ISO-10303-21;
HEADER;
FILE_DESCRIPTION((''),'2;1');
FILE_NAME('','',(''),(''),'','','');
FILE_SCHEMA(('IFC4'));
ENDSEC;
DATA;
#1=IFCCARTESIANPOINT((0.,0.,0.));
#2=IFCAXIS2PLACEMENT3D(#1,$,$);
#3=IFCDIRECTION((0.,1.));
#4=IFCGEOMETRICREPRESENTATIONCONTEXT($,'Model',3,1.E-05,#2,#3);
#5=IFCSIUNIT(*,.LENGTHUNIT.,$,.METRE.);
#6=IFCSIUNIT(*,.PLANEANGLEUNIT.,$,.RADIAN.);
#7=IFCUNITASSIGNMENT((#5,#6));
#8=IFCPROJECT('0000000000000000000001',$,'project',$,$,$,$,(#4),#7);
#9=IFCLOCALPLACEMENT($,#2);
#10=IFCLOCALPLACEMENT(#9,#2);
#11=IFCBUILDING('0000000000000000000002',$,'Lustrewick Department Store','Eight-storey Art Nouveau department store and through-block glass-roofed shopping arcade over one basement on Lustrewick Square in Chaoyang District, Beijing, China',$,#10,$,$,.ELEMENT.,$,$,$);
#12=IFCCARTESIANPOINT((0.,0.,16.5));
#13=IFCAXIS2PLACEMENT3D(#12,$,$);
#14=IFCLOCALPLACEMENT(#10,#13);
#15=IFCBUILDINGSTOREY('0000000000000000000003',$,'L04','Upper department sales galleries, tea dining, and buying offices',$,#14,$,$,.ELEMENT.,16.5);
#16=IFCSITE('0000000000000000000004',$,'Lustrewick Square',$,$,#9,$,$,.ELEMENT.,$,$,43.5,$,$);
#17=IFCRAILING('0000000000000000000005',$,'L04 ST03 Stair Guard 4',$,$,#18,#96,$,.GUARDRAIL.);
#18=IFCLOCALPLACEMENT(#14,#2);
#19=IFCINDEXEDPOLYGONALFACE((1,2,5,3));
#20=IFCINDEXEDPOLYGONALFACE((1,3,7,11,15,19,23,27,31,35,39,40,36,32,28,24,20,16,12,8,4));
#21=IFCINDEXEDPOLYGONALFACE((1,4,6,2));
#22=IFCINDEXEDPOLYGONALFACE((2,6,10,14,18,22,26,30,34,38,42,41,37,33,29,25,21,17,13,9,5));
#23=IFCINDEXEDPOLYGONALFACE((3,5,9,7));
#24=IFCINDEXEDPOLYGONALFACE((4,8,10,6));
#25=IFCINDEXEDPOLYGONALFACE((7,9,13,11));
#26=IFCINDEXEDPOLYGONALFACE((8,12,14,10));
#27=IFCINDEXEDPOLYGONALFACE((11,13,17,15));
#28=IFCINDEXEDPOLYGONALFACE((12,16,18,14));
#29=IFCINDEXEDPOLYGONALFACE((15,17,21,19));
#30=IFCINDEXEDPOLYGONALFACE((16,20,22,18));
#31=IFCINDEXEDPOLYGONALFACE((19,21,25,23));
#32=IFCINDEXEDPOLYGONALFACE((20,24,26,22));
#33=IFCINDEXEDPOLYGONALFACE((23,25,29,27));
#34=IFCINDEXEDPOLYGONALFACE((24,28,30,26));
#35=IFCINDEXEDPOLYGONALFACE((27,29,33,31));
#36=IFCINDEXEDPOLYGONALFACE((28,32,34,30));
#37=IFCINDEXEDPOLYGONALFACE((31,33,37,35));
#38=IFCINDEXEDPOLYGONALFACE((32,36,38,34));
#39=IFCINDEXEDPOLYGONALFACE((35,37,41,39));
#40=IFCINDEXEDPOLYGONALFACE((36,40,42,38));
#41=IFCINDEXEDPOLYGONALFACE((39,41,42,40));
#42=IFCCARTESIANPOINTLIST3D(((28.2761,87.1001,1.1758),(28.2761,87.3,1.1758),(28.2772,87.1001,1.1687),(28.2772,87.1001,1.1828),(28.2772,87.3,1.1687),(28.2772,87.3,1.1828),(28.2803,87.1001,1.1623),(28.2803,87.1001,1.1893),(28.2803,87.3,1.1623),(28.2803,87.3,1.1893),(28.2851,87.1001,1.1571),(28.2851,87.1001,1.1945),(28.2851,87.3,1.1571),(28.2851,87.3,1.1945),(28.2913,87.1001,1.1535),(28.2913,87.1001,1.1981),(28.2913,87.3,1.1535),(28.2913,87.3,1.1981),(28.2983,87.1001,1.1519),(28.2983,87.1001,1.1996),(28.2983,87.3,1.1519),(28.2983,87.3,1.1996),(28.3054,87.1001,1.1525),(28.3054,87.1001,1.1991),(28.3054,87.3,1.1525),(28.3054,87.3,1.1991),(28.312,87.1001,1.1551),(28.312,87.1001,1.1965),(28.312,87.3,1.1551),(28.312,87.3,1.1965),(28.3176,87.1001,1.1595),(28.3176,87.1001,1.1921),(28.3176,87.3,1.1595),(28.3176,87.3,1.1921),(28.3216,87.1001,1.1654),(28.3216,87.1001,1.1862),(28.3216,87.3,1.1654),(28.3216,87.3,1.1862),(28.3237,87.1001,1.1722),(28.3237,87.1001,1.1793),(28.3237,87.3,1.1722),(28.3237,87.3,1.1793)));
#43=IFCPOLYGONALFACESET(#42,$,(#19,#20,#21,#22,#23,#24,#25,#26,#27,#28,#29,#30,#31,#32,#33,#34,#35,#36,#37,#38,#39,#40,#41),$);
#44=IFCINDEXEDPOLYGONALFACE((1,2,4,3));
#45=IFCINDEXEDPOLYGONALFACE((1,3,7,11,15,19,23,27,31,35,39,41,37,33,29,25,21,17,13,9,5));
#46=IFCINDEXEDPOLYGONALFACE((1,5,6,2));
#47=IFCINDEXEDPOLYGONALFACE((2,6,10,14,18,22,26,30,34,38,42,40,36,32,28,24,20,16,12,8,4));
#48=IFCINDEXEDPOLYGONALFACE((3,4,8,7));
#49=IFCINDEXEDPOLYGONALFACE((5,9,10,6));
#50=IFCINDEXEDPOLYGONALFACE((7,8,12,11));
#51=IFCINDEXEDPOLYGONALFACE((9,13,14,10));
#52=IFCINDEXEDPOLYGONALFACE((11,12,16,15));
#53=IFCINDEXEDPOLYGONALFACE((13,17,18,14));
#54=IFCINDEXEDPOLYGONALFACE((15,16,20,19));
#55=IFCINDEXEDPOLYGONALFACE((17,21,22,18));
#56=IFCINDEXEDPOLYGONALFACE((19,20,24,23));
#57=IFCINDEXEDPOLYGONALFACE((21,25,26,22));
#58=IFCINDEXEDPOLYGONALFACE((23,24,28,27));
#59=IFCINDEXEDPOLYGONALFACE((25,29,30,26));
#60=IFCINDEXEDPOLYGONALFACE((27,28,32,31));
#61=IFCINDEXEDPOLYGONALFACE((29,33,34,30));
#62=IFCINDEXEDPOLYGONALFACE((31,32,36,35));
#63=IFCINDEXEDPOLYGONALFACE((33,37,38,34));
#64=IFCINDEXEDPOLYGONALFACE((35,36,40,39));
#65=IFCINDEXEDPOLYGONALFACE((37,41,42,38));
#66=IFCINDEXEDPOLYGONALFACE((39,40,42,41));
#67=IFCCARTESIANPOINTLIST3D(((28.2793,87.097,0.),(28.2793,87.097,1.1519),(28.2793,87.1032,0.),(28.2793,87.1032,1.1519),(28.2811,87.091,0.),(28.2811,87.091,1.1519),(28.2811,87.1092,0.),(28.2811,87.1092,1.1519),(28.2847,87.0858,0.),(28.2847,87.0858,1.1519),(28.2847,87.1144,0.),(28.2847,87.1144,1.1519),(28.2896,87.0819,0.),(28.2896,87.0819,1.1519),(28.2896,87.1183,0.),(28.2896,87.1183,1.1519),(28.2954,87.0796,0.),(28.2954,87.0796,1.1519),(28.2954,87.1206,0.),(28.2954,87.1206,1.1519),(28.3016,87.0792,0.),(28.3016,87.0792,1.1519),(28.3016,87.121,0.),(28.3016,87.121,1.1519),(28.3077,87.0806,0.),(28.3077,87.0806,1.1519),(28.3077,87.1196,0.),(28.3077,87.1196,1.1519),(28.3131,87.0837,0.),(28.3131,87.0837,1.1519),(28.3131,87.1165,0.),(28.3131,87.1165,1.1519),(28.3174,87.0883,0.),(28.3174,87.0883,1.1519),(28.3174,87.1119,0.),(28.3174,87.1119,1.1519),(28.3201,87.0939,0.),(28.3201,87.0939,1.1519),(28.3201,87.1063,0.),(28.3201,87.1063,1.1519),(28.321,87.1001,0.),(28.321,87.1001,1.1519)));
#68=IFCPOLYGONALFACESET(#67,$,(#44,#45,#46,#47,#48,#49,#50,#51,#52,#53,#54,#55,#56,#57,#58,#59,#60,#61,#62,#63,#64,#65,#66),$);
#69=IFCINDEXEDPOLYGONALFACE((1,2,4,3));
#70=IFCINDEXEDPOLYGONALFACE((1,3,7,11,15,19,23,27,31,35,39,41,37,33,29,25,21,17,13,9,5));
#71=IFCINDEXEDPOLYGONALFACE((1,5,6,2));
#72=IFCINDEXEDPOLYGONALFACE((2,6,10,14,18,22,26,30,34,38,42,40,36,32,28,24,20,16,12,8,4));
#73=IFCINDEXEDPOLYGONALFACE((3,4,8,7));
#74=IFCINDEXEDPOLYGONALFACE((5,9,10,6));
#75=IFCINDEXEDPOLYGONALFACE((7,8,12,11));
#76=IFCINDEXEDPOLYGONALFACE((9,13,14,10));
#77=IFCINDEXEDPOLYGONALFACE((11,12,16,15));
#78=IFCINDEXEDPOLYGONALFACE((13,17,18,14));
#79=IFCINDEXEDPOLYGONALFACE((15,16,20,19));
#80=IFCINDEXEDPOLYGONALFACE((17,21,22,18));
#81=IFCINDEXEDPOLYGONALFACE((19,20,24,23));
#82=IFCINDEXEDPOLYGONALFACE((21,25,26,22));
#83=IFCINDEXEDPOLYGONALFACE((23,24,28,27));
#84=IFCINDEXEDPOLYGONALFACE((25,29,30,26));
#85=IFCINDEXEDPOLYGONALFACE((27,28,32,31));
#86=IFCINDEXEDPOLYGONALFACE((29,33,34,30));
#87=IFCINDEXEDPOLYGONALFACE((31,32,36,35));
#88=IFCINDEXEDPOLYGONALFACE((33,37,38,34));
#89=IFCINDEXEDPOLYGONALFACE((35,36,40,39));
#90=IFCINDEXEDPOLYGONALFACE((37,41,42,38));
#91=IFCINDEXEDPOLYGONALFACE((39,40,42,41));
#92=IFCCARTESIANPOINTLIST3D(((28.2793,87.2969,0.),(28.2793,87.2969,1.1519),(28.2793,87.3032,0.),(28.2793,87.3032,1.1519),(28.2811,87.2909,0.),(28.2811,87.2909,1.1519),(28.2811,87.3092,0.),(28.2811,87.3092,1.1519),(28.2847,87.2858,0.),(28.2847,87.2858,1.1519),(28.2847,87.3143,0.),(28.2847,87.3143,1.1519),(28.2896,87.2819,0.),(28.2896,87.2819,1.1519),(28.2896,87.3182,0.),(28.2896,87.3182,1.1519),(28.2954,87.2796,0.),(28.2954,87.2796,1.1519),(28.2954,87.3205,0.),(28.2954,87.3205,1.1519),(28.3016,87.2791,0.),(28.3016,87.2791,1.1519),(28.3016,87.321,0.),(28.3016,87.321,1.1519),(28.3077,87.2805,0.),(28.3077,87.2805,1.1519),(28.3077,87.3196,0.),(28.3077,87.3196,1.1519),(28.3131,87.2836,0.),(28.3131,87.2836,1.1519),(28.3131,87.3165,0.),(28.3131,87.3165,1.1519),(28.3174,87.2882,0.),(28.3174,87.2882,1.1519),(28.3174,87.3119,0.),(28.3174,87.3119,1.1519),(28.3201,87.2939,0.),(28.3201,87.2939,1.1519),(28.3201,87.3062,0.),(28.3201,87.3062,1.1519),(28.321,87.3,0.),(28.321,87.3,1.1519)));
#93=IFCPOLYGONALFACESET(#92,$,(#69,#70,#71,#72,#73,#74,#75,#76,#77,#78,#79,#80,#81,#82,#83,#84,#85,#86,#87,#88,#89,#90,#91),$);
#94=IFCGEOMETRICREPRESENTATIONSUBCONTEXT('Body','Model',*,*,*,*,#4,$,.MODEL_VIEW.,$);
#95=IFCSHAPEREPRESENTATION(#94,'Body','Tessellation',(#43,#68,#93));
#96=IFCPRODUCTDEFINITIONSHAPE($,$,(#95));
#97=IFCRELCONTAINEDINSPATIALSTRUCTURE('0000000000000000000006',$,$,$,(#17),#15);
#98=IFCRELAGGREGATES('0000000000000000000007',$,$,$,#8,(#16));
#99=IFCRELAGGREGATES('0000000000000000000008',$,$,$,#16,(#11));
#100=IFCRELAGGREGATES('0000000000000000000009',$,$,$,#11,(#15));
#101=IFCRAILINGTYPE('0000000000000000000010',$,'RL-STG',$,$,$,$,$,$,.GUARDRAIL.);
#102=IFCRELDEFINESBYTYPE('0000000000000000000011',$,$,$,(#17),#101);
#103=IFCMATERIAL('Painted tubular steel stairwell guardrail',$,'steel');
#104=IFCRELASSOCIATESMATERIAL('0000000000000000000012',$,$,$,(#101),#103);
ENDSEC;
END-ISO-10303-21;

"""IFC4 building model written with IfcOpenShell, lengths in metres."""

from ifc_helpers import new_model, si_unit, direction, frame, origin, origin_2d, place, context, subcontext, project, spatial, circle, extrude, material, type_object, element, save


model = new_model("IFC4")

# Units and contexts
model_context = context("Model", 3, precision=1e-05, world=origin(), true_north=direction((0.0, 1.0)))
body_context = subcontext(model_context, "Body", "Model", "MODEL_VIEW")
ifc_project = project(units=[si_unit("LENGTHUNIT", "METRE"), si_unit("PLANEANGLEUNIT", "RADIAN")], contexts=[model_context])

# Site, building, storey
site_placement = place(None, origin())
site = spatial("IfcSite", under=ifc_project, at=site_placement, Name="Lustrewick Square", CompositionType="ELEMENT", RefElevation=43.5)
building_placement = place(site_placement, origin())
building = spatial("IfcBuilding", under=site, at=building_placement, Name="Lustrewick Department Store", Description="Eight-storey Art Nouveau department store and through-block glass-roofed shopping arcade over one basement on Lustrewick Square in Chaoyang District, Beijing, China", CompositionType="ELEMENT")
storey_placement = place(building_placement, frame((0.0, 0.0, 16.5)))
storey = spatial("IfcBuildingStorey", under=building, at=storey_placement, Name="L04", Description="Upper department sales galleries, tea dining, and buying offices", CompositionType="ELEMENT", Elevation=16.5)

# Railing
ifc_material_1 = material(Name="Painted tubular steel stairwell guardrail", Category="steel")
railing_type_1 = type_object("IfcRailingType", Name="RL-STG", PredefinedType="GUARDRAIL", material=ifc_material_1)
railing_1_placement = place(storey_placement, frame((28.3, 87.1001, 0.0)))
element("IfcRailing", 1, at=railing_1_placement, inside=storey, type_object=railing_type_1, Name="L04 ST03 Stair Guard 4", PredefinedType="GUARDRAIL", context=body_context, shape_type="SweptSolid", body=[
    extrude(circle(Radius=0.0239, at=origin_2d()), frame((0.0, 0.0, 1.1758), z_axis=(0.0, 1.0, 0.0), x_axis=(-1.0, 0.0, 0.0)), (0.0, 0.0, 1.0), 0.2),
    extrude(circle(Radius=0.021, at=origin_2d()), origin(), (0.0, 0.0, 1.0), 1.1519),
    extrude(circle(Radius=0.021, at=origin_2d()), frame((0.0, 0.2, 0.0)), (0.0, 0.0, 1.0), 1.1519),
])

save(model, "model.ifc")
